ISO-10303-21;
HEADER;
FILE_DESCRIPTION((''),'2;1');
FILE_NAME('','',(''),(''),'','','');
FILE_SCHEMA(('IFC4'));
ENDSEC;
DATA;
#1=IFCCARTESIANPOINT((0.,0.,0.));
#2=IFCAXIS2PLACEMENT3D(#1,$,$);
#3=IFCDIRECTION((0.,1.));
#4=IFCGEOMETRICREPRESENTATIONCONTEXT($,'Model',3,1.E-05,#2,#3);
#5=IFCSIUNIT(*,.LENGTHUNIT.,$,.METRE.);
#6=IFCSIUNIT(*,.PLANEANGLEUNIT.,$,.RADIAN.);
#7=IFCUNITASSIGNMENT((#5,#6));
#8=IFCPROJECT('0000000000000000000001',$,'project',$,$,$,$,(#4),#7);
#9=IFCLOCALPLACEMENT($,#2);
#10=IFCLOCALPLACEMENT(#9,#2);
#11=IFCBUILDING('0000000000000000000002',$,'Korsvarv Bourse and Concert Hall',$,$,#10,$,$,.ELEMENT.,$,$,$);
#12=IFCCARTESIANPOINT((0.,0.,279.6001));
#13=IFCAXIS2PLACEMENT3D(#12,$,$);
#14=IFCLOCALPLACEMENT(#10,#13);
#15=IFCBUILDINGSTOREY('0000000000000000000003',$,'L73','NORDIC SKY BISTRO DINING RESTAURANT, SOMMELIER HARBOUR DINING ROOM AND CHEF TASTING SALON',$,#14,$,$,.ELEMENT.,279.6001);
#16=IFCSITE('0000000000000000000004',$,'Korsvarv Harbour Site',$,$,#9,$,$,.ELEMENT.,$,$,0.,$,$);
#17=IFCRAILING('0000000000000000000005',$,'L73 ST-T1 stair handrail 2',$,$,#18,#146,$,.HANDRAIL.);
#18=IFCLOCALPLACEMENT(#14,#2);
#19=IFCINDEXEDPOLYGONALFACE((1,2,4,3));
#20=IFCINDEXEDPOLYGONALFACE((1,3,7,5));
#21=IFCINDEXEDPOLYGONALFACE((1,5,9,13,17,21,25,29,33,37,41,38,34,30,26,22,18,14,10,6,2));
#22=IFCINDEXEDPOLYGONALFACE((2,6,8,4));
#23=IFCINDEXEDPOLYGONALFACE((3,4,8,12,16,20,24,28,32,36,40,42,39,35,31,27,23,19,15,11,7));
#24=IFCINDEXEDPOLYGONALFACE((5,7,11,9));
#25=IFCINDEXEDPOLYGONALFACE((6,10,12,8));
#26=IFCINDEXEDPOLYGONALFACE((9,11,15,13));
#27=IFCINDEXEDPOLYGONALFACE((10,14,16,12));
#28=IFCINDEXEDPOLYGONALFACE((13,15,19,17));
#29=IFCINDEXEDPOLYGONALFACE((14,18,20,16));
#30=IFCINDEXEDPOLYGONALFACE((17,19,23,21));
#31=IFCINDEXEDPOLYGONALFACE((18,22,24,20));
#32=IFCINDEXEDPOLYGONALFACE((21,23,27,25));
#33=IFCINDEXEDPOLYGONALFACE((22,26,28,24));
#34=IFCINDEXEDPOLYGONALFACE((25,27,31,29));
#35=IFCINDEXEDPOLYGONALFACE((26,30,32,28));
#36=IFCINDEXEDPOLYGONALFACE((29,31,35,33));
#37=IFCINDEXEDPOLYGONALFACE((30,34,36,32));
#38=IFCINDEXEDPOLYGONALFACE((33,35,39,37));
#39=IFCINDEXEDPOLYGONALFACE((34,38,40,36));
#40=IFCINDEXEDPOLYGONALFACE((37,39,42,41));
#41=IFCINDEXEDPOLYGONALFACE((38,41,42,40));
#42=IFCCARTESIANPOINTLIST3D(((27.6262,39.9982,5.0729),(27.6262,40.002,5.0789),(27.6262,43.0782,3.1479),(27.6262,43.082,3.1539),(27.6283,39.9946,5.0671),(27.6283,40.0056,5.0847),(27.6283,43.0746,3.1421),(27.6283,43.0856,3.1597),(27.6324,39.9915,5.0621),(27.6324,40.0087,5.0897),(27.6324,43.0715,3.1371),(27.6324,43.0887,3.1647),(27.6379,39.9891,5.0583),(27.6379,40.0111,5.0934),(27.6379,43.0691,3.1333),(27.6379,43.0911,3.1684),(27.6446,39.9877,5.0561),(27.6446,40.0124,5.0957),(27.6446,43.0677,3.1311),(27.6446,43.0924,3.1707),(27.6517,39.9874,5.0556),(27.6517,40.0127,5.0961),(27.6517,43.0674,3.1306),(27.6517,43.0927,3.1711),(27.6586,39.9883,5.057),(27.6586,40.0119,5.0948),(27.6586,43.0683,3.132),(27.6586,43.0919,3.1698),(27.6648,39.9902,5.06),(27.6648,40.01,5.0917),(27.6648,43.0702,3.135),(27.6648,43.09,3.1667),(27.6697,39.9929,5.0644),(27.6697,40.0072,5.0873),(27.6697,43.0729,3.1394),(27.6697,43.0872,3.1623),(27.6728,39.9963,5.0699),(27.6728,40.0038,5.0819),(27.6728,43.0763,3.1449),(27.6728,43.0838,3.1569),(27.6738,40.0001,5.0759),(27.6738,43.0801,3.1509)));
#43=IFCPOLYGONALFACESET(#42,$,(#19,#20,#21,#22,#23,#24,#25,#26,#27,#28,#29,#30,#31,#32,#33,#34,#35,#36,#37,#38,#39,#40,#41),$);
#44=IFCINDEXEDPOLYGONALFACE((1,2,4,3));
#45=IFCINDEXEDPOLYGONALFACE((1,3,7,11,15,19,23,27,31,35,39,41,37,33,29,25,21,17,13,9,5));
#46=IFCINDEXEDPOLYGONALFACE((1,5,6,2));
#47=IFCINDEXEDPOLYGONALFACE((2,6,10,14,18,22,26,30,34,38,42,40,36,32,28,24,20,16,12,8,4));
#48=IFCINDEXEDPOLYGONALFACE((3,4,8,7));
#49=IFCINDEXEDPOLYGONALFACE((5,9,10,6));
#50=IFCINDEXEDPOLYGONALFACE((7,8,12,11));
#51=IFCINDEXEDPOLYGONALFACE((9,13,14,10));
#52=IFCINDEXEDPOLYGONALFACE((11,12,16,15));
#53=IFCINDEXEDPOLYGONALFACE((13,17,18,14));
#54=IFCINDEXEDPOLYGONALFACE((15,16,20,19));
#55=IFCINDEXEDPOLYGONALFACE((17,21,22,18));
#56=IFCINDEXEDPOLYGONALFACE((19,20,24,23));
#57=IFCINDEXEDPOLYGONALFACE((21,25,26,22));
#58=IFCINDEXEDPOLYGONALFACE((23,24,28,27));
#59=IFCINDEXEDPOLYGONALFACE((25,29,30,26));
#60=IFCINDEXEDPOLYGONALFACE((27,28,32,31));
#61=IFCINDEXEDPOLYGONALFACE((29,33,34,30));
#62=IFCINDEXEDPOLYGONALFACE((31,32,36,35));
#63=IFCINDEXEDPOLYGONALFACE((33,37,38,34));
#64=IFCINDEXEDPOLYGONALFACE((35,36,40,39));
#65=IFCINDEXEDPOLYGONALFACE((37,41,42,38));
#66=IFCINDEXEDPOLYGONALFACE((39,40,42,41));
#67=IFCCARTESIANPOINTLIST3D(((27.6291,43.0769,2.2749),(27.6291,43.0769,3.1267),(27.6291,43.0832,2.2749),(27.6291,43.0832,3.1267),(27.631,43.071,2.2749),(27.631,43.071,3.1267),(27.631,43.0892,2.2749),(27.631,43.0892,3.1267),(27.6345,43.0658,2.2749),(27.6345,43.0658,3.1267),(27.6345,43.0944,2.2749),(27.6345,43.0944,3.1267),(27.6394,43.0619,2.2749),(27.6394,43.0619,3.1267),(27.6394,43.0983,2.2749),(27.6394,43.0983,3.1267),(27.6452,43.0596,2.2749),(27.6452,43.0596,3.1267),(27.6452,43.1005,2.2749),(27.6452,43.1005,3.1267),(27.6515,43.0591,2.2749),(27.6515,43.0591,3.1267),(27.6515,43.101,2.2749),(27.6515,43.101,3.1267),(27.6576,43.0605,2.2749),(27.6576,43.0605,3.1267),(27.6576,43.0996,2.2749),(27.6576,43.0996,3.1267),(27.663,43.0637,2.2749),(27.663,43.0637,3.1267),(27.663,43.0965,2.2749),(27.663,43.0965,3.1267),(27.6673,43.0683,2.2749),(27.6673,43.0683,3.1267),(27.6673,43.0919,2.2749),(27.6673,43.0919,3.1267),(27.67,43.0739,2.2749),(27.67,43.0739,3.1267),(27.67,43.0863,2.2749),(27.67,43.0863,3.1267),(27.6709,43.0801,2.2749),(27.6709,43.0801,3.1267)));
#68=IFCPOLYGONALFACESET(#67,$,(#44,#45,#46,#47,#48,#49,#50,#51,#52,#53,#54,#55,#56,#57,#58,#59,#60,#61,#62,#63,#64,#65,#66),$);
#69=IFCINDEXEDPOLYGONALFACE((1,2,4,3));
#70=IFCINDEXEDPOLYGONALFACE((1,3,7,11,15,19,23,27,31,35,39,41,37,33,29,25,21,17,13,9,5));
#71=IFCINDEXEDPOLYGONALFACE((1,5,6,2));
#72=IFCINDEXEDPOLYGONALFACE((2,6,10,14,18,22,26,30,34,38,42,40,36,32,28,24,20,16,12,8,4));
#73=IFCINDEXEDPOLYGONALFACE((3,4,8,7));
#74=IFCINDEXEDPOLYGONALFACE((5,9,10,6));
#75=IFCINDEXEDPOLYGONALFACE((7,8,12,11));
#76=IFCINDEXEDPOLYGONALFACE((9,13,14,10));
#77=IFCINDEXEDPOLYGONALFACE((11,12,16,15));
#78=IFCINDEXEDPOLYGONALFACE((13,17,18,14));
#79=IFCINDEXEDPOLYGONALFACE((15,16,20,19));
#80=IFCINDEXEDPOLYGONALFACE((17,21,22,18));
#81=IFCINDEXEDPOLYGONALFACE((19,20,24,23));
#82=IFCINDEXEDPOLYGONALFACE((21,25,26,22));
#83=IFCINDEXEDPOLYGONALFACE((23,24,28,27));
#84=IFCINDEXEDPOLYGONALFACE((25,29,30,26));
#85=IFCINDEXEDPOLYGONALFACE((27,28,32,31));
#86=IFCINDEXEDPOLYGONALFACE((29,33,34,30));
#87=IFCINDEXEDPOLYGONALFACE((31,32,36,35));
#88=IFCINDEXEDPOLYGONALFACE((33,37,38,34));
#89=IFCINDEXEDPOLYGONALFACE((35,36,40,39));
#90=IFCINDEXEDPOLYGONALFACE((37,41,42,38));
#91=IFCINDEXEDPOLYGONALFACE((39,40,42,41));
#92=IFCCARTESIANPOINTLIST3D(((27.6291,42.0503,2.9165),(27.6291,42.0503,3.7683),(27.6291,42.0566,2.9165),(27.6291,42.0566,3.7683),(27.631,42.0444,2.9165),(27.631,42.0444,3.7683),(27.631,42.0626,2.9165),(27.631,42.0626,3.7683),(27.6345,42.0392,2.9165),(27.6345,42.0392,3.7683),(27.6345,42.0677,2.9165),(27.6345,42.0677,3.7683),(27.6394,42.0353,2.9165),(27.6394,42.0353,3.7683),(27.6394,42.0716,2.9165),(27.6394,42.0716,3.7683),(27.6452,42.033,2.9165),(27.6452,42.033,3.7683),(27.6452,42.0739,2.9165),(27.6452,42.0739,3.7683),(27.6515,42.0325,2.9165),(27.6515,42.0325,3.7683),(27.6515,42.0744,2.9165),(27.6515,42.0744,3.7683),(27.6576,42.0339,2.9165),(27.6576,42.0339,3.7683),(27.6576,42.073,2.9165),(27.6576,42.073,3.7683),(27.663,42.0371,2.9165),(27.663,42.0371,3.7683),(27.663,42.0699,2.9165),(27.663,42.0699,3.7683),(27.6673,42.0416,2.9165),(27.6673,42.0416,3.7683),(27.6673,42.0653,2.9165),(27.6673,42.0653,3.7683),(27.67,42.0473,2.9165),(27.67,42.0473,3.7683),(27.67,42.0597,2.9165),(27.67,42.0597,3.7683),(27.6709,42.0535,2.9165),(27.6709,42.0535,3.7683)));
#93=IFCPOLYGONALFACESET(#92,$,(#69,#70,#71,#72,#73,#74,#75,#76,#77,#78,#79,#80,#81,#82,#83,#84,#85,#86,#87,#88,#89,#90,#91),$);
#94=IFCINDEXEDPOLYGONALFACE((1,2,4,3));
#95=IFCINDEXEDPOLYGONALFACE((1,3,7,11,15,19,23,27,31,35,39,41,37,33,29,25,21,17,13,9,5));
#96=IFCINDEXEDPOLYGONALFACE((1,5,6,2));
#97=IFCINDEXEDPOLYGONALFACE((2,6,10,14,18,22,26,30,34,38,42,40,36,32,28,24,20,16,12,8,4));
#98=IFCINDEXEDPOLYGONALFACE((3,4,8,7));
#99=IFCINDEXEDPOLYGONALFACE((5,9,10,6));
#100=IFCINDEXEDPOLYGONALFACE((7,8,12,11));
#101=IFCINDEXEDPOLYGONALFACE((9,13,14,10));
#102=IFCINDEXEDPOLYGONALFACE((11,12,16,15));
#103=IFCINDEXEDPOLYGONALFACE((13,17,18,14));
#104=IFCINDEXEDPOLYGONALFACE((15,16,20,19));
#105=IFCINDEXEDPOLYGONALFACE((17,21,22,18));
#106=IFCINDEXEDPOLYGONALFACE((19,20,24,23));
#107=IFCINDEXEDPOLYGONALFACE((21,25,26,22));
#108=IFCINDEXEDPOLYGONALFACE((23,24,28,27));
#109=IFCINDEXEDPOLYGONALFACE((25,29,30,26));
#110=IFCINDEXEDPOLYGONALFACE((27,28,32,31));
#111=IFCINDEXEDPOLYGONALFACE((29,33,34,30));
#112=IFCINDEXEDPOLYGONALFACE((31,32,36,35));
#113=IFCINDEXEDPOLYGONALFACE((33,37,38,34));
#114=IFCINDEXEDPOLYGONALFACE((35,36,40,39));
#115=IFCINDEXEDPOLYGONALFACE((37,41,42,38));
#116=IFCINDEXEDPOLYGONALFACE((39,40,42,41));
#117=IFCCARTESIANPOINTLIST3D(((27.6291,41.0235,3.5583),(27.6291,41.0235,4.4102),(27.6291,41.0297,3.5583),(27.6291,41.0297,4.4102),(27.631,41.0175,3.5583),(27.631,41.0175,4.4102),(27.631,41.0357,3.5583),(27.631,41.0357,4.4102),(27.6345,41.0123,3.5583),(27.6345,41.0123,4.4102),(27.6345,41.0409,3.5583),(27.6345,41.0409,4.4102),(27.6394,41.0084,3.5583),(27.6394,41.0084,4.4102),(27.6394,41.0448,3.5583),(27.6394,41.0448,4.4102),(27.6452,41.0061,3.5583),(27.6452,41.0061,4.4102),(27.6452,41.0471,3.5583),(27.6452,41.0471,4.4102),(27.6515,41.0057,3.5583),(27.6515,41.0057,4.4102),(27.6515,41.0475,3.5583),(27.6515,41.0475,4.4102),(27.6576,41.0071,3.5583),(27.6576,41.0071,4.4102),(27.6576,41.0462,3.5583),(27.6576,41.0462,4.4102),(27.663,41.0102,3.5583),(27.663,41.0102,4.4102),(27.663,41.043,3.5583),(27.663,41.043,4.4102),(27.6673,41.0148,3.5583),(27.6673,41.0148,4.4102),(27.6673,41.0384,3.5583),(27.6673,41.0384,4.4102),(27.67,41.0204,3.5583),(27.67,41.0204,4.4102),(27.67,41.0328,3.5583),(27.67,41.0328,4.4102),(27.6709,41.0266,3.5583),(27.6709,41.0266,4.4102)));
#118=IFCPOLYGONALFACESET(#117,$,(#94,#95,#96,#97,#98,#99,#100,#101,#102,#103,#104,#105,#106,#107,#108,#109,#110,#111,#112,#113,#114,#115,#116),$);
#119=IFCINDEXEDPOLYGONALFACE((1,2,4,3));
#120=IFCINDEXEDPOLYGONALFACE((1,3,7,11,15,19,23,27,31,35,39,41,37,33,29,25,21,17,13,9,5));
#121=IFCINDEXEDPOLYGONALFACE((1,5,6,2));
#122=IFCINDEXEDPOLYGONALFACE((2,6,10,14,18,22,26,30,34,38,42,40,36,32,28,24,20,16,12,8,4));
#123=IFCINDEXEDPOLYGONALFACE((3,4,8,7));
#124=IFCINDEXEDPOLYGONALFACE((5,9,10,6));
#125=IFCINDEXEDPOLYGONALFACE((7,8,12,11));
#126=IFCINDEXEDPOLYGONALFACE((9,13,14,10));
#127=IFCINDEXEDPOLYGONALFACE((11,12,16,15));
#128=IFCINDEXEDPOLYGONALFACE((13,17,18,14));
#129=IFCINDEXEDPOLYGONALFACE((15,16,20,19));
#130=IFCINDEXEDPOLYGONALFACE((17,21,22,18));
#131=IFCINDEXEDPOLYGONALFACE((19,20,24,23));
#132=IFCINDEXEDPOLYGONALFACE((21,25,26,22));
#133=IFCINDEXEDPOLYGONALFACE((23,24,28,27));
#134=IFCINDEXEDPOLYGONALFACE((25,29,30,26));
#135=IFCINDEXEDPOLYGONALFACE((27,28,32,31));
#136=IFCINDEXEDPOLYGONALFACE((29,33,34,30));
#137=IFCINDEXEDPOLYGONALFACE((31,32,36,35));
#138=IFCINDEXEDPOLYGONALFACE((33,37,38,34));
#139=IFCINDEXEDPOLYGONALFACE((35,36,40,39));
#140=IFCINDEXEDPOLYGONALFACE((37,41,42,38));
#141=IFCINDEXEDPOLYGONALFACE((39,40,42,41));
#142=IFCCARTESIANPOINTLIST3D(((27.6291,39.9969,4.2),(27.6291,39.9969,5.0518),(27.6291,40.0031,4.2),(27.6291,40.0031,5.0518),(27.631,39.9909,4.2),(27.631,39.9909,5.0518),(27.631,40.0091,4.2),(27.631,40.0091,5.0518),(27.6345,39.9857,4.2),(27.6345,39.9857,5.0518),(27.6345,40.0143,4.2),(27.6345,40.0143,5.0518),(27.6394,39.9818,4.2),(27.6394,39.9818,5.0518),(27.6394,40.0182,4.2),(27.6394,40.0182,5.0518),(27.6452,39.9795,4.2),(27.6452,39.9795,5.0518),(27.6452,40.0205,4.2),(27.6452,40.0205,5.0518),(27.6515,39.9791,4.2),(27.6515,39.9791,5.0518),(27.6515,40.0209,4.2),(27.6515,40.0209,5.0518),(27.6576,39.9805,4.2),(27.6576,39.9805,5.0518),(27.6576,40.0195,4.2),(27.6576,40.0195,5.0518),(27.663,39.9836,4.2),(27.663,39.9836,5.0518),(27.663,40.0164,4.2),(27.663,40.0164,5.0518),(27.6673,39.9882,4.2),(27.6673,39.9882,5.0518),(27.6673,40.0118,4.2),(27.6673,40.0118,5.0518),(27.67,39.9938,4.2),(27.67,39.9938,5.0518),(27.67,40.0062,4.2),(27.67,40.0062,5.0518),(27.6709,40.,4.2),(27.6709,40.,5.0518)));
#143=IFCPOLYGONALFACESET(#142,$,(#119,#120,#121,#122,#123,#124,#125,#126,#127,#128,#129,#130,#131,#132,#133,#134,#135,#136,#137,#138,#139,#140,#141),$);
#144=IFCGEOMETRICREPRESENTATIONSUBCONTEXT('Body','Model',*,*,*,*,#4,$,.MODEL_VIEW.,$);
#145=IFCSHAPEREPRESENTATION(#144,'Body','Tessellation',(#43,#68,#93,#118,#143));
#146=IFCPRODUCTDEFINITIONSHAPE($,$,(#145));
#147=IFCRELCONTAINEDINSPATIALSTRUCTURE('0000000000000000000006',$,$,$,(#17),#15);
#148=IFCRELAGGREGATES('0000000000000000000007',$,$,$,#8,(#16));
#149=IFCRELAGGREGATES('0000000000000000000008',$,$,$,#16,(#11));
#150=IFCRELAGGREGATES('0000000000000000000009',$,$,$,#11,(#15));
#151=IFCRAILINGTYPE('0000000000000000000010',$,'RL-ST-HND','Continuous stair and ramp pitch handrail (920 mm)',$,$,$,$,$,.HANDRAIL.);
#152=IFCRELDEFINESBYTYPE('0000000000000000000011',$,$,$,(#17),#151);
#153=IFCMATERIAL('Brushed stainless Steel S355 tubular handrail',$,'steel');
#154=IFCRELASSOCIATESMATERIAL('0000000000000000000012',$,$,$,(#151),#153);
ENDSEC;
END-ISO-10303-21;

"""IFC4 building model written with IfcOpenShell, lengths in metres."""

from ifc_helpers import new_model, si_unit, direction, frame, origin, origin_2d, place, context, subcontext, project, spatial, circle, extrude, material, type_object, element, save


model = new_model("IFC4")

# Units and contexts
model_context = context("Model", 3, precision=1e-05, world=origin(), true_north=direction((0.0, 1.0)))
body_context = subcontext(model_context, "Body", "Model", "MODEL_VIEW")
ifc_project = project(units=[si_unit("LENGTHUNIT", "METRE"), si_unit("PLANEANGLEUNIT", "RADIAN")], contexts=[model_context])

# Site, building, storey
site_placement = place(None, origin())
site = spatial("IfcSite", under=ifc_project, at=site_placement, Name="Korsvarv Harbour Site", CompositionType="ELEMENT", RefElevation=0.0)
building_placement = place(site_placement, origin())
building = spatial("IfcBuilding", under=site, at=building_placement, Name="Korsvarv Bourse and Concert Hall", CompositionType="ELEMENT")
storey_placement = place(building_placement, frame((0.0, 0.0, 279.6001)))
storey = spatial("IfcBuildingStorey", under=building, at=storey_placement, Name="L73", Description="NORDIC SKY BISTRO DINING RESTAURANT, SOMMELIER HARBOUR DINING ROOM AND CHEF TASTING SALON", CompositionType="ELEMENT", Elevation=279.6001)

# Railing
ifc_material_1 = material(Name="Brushed stainless Steel S355 tubular handrail", Category="steel")
railing_type_1 = type_object("IfcRailingType", Name="RL-ST-HND", Description="Continuous stair and ramp pitch handrail (920 mm)", PredefinedType="HANDRAIL", material=ifc_material_1)
railing_1_placement = place(storey_placement, frame((27.6499, 43.0801, 2.2749)))
element("IfcRailing", 1, at=railing_1_placement, inside=storey, type_object=railing_type_1, Name="L73 ST-T1 stair handrail 2", PredefinedType="HANDRAIL", context=body_context, shape_type="SweptSolid", body=[
    extrude(circle(Radius=0.0239, at=origin_2d()), frame((0.0, 0.0, 0.876), z_axis=(0.0, -0.847998, 0.529999), x_axis=(1.0, 0.0, 0.0)), (0.0, 0.0, 1.0), 3.6321),
    extrude(circle(Radius=0.021, at=origin_2d()), origin(), (0.0, 0.0, 1.0), 0.8518),
    extrude(circle(Radius=0.021, at=origin_2d()), frame((0.0, -1.0266, 0.6416)), (0.0, 0.0, 1.0), 0.8518),
    extrude(circle(Radius=0.021, at=origin_2d()), frame((0.0, -2.0535, 1.2834)), (0.0, 0.0, 1.0), 0.8518),
    extrude(circle(Radius=0.021, at=origin_2d()), frame((0.0, -3.0801, 1.925)), (0.0, 0.0, 1.0), 0.8518),
])

save(model, "model.ifc")
